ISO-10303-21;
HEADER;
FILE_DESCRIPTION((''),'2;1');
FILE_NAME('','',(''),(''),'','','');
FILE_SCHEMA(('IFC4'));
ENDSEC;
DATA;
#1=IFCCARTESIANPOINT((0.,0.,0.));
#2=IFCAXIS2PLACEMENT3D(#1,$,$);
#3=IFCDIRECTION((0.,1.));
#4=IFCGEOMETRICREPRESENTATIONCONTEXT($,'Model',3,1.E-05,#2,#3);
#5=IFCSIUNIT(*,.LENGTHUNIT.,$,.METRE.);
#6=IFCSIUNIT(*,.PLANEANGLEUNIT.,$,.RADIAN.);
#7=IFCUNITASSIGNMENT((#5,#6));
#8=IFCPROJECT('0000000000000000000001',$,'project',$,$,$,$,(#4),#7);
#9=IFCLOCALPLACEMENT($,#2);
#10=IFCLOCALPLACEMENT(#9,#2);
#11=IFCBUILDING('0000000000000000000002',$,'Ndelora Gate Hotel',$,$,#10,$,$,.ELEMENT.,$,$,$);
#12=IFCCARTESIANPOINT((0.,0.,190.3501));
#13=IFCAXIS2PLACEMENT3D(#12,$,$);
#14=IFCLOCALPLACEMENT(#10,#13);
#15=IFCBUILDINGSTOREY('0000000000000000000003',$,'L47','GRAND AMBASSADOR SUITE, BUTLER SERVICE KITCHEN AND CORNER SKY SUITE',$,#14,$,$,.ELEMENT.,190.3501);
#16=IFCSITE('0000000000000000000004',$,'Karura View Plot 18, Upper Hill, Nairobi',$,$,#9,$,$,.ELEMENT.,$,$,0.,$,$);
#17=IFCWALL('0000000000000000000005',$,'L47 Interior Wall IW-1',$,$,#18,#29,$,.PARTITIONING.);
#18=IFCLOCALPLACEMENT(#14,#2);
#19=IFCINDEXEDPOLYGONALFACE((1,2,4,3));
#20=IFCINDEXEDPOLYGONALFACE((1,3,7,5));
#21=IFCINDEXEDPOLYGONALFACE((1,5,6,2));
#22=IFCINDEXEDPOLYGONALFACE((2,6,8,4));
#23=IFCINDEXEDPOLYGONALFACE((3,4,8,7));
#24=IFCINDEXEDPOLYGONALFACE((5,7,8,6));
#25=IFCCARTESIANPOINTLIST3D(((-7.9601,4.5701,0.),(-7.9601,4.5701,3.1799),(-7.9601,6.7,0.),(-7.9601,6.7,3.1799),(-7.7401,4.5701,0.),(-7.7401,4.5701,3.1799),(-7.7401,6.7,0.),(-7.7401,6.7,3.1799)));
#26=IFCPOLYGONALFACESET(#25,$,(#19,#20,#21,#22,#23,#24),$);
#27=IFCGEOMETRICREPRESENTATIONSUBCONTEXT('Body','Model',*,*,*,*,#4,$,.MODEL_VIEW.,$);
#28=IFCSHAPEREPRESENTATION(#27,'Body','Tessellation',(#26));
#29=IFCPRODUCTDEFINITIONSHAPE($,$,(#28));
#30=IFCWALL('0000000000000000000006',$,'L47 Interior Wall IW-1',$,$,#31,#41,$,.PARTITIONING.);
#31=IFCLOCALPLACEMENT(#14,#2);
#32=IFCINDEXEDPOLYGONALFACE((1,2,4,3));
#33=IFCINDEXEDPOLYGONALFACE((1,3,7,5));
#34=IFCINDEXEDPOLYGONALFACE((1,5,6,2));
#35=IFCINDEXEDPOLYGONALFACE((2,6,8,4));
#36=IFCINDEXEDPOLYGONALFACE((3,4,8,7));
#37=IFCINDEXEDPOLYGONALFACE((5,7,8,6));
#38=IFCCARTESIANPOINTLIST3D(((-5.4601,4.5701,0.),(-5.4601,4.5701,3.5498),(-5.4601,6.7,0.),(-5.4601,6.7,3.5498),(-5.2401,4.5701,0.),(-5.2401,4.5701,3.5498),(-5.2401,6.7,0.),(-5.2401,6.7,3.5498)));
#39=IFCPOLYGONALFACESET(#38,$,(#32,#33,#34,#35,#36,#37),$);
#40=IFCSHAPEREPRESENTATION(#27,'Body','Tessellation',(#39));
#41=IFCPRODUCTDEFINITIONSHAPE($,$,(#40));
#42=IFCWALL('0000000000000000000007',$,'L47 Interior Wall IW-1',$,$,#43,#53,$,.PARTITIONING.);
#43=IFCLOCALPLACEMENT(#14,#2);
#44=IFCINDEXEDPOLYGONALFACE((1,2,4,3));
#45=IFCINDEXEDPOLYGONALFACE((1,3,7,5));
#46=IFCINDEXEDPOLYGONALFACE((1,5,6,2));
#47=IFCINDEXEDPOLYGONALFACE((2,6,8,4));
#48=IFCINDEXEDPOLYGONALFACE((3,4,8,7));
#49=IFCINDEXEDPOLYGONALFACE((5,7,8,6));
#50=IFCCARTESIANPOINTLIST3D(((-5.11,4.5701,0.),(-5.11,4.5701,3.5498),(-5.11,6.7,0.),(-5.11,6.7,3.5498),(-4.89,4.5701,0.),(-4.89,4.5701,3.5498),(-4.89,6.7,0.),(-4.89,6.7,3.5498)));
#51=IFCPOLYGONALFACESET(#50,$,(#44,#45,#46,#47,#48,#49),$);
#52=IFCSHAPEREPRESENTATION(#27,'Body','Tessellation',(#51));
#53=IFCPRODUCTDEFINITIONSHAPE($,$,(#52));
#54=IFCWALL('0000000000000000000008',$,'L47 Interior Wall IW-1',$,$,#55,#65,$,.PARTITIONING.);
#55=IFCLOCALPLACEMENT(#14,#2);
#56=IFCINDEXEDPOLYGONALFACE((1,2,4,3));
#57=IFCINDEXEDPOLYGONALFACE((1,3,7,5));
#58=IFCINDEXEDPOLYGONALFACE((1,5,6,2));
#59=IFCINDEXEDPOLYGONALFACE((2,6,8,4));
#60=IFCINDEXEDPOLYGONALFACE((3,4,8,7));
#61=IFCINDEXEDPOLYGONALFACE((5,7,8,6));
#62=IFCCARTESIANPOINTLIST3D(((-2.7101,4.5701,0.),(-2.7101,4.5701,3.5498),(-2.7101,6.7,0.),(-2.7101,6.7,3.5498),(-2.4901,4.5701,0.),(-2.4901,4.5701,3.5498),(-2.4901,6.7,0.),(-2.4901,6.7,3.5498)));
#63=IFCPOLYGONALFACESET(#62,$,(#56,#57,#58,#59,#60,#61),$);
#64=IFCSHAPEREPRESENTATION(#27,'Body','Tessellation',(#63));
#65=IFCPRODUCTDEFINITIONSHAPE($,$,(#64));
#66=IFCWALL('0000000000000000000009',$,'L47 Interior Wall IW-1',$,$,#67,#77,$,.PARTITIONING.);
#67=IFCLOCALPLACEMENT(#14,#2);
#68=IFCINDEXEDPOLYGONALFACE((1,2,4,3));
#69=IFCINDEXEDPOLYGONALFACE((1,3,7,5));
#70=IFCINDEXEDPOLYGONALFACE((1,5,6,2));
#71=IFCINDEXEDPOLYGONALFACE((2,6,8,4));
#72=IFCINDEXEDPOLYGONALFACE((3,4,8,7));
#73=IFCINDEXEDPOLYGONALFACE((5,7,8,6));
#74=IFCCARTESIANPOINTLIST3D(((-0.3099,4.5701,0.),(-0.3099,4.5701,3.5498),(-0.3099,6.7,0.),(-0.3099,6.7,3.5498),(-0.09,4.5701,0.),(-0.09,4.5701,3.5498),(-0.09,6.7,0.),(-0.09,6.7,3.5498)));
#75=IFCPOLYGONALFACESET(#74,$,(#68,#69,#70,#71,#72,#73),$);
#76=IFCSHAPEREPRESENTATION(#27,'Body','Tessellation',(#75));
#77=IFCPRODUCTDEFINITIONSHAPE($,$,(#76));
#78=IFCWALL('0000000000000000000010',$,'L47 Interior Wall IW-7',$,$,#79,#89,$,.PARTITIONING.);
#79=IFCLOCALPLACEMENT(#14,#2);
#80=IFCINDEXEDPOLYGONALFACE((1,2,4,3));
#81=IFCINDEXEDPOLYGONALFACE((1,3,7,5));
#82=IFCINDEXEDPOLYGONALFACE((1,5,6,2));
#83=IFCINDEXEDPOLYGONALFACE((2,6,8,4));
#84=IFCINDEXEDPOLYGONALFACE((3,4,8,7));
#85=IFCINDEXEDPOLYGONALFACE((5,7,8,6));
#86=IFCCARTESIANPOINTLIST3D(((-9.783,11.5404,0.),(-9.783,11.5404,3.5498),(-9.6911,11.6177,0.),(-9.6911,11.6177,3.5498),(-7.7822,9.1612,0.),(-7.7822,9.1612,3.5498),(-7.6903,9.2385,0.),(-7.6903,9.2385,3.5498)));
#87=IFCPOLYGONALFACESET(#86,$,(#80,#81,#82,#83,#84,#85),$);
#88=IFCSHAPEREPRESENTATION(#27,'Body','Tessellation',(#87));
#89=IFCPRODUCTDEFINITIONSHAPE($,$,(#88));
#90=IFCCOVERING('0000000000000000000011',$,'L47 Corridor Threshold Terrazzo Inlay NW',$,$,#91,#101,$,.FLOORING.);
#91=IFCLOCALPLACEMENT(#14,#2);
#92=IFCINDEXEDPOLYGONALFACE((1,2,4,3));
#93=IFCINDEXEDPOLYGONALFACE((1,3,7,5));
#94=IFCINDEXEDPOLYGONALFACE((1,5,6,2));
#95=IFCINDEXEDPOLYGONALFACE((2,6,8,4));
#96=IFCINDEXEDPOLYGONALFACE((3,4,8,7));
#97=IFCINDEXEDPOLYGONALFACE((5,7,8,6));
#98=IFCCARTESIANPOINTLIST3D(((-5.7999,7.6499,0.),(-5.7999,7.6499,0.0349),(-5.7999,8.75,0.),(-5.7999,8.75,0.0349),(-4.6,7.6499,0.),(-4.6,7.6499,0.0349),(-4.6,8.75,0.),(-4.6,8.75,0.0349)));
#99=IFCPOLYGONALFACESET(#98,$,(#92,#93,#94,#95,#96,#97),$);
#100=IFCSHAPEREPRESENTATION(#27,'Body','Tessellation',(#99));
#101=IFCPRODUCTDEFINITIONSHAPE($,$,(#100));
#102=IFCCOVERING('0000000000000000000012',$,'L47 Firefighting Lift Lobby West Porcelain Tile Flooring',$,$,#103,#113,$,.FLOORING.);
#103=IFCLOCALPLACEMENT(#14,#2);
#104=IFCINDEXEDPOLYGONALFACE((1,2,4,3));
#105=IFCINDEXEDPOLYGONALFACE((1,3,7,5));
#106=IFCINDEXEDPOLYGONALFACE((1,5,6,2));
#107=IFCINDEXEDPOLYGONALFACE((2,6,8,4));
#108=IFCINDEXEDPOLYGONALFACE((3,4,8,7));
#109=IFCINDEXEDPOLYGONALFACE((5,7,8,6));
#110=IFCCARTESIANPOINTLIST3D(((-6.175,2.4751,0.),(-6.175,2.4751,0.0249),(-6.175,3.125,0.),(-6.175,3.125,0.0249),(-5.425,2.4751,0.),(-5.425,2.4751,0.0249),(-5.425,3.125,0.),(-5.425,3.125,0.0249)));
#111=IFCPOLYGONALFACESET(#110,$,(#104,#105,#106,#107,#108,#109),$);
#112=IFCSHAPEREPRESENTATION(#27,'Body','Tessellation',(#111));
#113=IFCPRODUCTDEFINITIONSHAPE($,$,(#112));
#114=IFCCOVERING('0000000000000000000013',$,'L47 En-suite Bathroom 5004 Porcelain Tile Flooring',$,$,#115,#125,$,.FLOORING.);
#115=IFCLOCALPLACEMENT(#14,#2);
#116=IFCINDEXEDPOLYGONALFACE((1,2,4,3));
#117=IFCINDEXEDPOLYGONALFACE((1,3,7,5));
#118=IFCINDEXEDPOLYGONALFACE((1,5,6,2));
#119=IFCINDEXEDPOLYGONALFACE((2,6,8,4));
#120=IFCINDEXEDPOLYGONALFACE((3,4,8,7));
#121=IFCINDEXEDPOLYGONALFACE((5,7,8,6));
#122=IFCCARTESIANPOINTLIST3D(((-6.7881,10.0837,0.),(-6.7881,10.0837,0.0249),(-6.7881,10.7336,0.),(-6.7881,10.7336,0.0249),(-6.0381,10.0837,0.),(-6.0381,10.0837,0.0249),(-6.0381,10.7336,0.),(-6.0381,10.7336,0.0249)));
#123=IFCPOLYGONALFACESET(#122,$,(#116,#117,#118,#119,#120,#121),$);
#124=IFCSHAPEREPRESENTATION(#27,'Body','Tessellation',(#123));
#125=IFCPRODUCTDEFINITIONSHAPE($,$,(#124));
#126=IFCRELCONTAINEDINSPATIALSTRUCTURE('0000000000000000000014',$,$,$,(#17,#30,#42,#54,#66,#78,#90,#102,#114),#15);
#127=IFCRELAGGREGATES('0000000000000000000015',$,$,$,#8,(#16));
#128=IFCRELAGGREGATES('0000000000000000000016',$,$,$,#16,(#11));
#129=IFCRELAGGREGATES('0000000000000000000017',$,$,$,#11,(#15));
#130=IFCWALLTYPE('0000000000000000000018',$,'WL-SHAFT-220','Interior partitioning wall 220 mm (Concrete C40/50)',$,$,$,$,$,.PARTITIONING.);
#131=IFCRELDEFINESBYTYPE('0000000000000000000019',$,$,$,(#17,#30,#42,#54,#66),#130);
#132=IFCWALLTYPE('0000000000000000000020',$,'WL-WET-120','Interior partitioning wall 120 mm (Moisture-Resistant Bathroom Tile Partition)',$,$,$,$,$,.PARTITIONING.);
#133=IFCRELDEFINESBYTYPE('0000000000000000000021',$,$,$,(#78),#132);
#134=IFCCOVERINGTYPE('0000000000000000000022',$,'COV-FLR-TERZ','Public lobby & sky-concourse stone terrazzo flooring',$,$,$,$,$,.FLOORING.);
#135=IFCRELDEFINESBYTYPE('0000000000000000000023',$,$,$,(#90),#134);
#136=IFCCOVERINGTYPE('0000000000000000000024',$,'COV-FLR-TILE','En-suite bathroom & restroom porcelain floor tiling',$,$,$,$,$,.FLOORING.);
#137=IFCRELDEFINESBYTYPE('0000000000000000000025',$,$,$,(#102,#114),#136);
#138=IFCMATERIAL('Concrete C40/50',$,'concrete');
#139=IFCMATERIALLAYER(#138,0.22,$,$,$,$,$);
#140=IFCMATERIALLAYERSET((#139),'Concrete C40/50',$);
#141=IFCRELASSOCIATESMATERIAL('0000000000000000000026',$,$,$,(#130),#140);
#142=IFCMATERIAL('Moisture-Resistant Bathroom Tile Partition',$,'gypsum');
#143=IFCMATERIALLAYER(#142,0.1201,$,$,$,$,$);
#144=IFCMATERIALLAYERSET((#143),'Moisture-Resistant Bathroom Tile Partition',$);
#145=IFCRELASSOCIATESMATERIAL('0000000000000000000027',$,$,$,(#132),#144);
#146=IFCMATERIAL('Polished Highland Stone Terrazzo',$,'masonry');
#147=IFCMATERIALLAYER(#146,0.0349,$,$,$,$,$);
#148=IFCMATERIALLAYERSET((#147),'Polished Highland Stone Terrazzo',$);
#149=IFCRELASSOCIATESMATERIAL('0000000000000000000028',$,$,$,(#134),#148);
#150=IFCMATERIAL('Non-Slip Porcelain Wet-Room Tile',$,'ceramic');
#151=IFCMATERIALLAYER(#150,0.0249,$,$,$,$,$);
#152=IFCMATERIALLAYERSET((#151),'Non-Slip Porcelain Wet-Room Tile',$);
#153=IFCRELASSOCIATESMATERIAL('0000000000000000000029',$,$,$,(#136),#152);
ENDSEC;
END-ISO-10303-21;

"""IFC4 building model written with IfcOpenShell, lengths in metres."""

from ifc_helpers import new_model, si_unit, direction, frame, frame_2d, origin, origin_2d, place, context, subcontext, project, spatial, rectangle, extrude, material, layer, layer_set, type_object, element, save


model = new_model("IFC4")

# Units and contexts
model_context = context("Model", 3, precision=1e-05, world=origin(), true_north=direction((0.0, 1.0)))
body_context = subcontext(model_context, "Body", "Model", "MODEL_VIEW")
ifc_project = project(units=[si_unit("LENGTHUNIT", "METRE"), si_unit("PLANEANGLEUNIT", "RADIAN")], contexts=[model_context])

# Site, building, storey
site_placement = place(None, origin())
site = spatial("IfcSite", under=ifc_project, at=site_placement, Name="Karura View Plot 18, Upper Hill, Nairobi", CompositionType="ELEMENT", RefElevation=0.0)
building_placement = place(site_placement, origin())
building = spatial("IfcBuilding", under=site, at=building_placement, Name="Ndelora Gate Hotel", CompositionType="ELEMENT")
storey_placement = place(building_placement, frame((0.0, 0.0, 190.3501)))
storey = spatial("IfcBuildingStorey", under=building, at=storey_placement, Name="L47", Description="GRAND AMBASSADOR SUITE, BUTLER SERVICE KITCHEN AND CORNER SKY SUITE", CompositionType="ELEMENT", Elevation=190.3501)

# Shared definitions
ifc_material_1 = material(Name="Concrete C40/50", Category="concrete")

# Walls
ifc_layer_1 = layer(ifc_material_1, 0.22)
ifc_layer_set_1 = layer_set([ifc_layer_1], Name="Concrete C40/50")
wall_type_1 = type_object("IfcWallType", Name="WL-SHAFT-220", Description="Interior partitioning wall 220 mm (Concrete C40/50)", PredefinedType="PARTITIONING", material=ifc_layer_set_1)
wall_1_placement = place(storey_placement, frame((-7.8501, 4.5701, 0.0), z_axis=(0.0, 0.0, 1.0), x_axis=(0.0, 1.0, 0.0)))
element("IfcWall", 1, at=wall_1_placement, inside=storey, type_object=wall_type_1, Name="L47 Interior Wall IW-1", PredefinedType="PARTITIONING", context=body_context, shape_type="SweptSolid", body=[
    extrude(rectangle(XDim=2.1299, YDim=0.22, at=frame_2d((1.0649, 0.0))), origin(), (0.0, 0.0, 1.0), 3.1799),
])
wall_2_placement = place(storey_placement, frame((-5.3501, 4.5701, 0.0), z_axis=(0.0, 0.0, 1.0), x_axis=(0.0, 1.0, 0.0)))
element("IfcWall", 2, at=wall_2_placement, inside=storey, type_object=wall_type_1, Name="L47 Interior Wall IW-1", PredefinedType="PARTITIONING", context=body_context, shape_type="SweptSolid", body=[
    extrude(rectangle(XDim=2.1299, YDim=0.22, at=frame_2d((1.0649, 0.0))), origin(), (0.0, 0.0, 1.0), 3.5498),
])

# Walls
for number, where, z_axis, x_axis, name in (
    (3, (-5.0, 4.5701, 0.0), (0.0, 0.0, 1.0), (0.0, 1.0, 0.0), "L47 Interior Wall IW-1"),
    (4, (-2.6001, 4.5701, 0.0), (0.0, 0.0, 1.0), (0.0, 1.0, 0.0), "L47 Interior Wall IW-1"),
):
    element("IfcWall", number, at=place(storey_placement, frame(where, z_axis=z_axis, x_axis=x_axis)), inside=storey, type_object=wall_type_1, Name=name, PredefinedType="PARTITIONING", context=body_context, shape_type="SweptSolid", body=[
        extrude(rectangle(XDim=2.1299, YDim=0.22, at=frame_2d((1.0649, 0.0))), origin(), (0.0, 0.0, 1.0), 3.5498),
    ])

# Wall
wall_3_placement = place(storey_placement, frame((-0.2, 4.5701, 0.0), z_axis=(0.0, 0.0, 1.0), x_axis=(0.0, 1.0, 0.0)))
element("IfcWall", 5, at=wall_3_placement, inside=storey, type_object=wall_type_1, Name="L47 Interior Wall IW-1", PredefinedType="PARTITIONING", context=body_context, shape_type="SweptSolid", body=[
    extrude(rectangle(XDim=2.1299, YDim=0.22, at=frame_2d((1.0649, 0.0))), origin(), (0.0, 0.0, 1.0), 3.5498),
])

# Wall
ifc_material_2 = material(Name="Moisture-Resistant Bathroom Tile Partition", Category="gypsum")
ifc_layer_2 = layer(ifc_material_2, 0.1201)
ifc_layer_set_2 = layer_set([ifc_layer_2], Name="Moisture-Resistant Bathroom Tile Partition")
wall_type_2 = type_object("IfcWallType", Name="WL-WET-120", Description="Interior partitioning wall 120 mm (Moisture-Resistant Bathroom Tile Partition)", PredefinedType="PARTITIONING", material=ifc_layer_set_2)
wall_4_placement = place(storey_placement, frame((-7.7363, 9.2, 0.0), z_axis=(0.0, 0.0, 1.0), x_axis=(-0.643616, 0.765349, 0.0)))
element("IfcWall", 6, at=wall_4_placement, inside=storey, type_object=wall_type_2, Name="L47 Interior Wall IW-7", PredefinedType="PARTITIONING", context=body_context, shape_type="SweptSolid", body=[
    extrude(rectangle(XDim=3.1086, YDim=0.1201, at=frame_2d((1.5542, 0.0))), origin(), (0.0, 0.0, 1.0), 3.5498),
])

# Coverings
ifc_material_3 = material(Name="Polished Highland Stone Terrazzo", Category="masonry")
ifc_layer_3 = layer(ifc_material_3, 0.0349)
ifc_layer_set_3 = layer_set([ifc_layer_3], Name="Polished Highland Stone Terrazzo")
covering_type_1 = type_object("IfcCoveringType", Name="COV-FLR-TERZ", Description="Public lobby & sky-concourse stone terrazzo flooring", PredefinedType="FLOORING", material=ifc_layer_set_3)
covering_placement = place(storey_placement, frame((-5.2, 8.2, 0.0), z_axis=(0.0, 0.0, 1.0), x_axis=(1.0, 0.0, 0.0)))
element("IfcCovering", 7, at=covering_placement, inside=storey, type_object=covering_type_1, Name="L47 Corridor Threshold Terrazzo Inlay NW", PredefinedType="FLOORING", context=body_context, shape_type="SweptSolid", body=[
    extrude(rectangle(XDim=1.2, YDim=1.1001, at=origin_2d()), origin(), (0.0, 0.0, 1.0), 0.0349),
])
ifc_material_4 = material(Name="Non-Slip Porcelain Wet-Room Tile", Category="ceramic")
ifc_layer_4 = layer(ifc_material_4, 0.0249)
ifc_layer_set_4 = layer_set([ifc_layer_4], Name="Non-Slip Porcelain Wet-Room Tile")
covering_type_2 = type_object("IfcCoveringType", Name="COV-FLR-TILE", Description="En-suite bathroom & restroom porcelain floor tiling", PredefinedType="FLOORING", material=ifc_layer_set_4)
for number, where, z_axis, x_axis, name in (
    (8, (-5.8, 2.8, 0.0), (0.0, 0.0, 1.0), (1.0, 0.0, 0.0), "L47 Firefighting Lift Lobby West Porcelain Tile Flooring"),
    (9, (-6.4131, 10.4087, 0.0), (0.0, 0.0, 1.0), (1.0, 0.0, 0.0), "L47 En-suite Bathroom 5004 Porcelain Tile Flooring"),
):
    element("IfcCovering", number, at=place(storey_placement, frame(where, z_axis=z_axis, x_axis=x_axis)), inside=storey, type_object=covering_type_2, Name=name, PredefinedType="FLOORING", context=body_context, shape_type="SweptSolid", body=[
        extrude(rectangle(XDim=0.75, YDim=0.6499, at=origin_2d()), origin(), (0.0, 0.0, 1.0), 0.0249),
    ])

save(model, "model.ifc")
